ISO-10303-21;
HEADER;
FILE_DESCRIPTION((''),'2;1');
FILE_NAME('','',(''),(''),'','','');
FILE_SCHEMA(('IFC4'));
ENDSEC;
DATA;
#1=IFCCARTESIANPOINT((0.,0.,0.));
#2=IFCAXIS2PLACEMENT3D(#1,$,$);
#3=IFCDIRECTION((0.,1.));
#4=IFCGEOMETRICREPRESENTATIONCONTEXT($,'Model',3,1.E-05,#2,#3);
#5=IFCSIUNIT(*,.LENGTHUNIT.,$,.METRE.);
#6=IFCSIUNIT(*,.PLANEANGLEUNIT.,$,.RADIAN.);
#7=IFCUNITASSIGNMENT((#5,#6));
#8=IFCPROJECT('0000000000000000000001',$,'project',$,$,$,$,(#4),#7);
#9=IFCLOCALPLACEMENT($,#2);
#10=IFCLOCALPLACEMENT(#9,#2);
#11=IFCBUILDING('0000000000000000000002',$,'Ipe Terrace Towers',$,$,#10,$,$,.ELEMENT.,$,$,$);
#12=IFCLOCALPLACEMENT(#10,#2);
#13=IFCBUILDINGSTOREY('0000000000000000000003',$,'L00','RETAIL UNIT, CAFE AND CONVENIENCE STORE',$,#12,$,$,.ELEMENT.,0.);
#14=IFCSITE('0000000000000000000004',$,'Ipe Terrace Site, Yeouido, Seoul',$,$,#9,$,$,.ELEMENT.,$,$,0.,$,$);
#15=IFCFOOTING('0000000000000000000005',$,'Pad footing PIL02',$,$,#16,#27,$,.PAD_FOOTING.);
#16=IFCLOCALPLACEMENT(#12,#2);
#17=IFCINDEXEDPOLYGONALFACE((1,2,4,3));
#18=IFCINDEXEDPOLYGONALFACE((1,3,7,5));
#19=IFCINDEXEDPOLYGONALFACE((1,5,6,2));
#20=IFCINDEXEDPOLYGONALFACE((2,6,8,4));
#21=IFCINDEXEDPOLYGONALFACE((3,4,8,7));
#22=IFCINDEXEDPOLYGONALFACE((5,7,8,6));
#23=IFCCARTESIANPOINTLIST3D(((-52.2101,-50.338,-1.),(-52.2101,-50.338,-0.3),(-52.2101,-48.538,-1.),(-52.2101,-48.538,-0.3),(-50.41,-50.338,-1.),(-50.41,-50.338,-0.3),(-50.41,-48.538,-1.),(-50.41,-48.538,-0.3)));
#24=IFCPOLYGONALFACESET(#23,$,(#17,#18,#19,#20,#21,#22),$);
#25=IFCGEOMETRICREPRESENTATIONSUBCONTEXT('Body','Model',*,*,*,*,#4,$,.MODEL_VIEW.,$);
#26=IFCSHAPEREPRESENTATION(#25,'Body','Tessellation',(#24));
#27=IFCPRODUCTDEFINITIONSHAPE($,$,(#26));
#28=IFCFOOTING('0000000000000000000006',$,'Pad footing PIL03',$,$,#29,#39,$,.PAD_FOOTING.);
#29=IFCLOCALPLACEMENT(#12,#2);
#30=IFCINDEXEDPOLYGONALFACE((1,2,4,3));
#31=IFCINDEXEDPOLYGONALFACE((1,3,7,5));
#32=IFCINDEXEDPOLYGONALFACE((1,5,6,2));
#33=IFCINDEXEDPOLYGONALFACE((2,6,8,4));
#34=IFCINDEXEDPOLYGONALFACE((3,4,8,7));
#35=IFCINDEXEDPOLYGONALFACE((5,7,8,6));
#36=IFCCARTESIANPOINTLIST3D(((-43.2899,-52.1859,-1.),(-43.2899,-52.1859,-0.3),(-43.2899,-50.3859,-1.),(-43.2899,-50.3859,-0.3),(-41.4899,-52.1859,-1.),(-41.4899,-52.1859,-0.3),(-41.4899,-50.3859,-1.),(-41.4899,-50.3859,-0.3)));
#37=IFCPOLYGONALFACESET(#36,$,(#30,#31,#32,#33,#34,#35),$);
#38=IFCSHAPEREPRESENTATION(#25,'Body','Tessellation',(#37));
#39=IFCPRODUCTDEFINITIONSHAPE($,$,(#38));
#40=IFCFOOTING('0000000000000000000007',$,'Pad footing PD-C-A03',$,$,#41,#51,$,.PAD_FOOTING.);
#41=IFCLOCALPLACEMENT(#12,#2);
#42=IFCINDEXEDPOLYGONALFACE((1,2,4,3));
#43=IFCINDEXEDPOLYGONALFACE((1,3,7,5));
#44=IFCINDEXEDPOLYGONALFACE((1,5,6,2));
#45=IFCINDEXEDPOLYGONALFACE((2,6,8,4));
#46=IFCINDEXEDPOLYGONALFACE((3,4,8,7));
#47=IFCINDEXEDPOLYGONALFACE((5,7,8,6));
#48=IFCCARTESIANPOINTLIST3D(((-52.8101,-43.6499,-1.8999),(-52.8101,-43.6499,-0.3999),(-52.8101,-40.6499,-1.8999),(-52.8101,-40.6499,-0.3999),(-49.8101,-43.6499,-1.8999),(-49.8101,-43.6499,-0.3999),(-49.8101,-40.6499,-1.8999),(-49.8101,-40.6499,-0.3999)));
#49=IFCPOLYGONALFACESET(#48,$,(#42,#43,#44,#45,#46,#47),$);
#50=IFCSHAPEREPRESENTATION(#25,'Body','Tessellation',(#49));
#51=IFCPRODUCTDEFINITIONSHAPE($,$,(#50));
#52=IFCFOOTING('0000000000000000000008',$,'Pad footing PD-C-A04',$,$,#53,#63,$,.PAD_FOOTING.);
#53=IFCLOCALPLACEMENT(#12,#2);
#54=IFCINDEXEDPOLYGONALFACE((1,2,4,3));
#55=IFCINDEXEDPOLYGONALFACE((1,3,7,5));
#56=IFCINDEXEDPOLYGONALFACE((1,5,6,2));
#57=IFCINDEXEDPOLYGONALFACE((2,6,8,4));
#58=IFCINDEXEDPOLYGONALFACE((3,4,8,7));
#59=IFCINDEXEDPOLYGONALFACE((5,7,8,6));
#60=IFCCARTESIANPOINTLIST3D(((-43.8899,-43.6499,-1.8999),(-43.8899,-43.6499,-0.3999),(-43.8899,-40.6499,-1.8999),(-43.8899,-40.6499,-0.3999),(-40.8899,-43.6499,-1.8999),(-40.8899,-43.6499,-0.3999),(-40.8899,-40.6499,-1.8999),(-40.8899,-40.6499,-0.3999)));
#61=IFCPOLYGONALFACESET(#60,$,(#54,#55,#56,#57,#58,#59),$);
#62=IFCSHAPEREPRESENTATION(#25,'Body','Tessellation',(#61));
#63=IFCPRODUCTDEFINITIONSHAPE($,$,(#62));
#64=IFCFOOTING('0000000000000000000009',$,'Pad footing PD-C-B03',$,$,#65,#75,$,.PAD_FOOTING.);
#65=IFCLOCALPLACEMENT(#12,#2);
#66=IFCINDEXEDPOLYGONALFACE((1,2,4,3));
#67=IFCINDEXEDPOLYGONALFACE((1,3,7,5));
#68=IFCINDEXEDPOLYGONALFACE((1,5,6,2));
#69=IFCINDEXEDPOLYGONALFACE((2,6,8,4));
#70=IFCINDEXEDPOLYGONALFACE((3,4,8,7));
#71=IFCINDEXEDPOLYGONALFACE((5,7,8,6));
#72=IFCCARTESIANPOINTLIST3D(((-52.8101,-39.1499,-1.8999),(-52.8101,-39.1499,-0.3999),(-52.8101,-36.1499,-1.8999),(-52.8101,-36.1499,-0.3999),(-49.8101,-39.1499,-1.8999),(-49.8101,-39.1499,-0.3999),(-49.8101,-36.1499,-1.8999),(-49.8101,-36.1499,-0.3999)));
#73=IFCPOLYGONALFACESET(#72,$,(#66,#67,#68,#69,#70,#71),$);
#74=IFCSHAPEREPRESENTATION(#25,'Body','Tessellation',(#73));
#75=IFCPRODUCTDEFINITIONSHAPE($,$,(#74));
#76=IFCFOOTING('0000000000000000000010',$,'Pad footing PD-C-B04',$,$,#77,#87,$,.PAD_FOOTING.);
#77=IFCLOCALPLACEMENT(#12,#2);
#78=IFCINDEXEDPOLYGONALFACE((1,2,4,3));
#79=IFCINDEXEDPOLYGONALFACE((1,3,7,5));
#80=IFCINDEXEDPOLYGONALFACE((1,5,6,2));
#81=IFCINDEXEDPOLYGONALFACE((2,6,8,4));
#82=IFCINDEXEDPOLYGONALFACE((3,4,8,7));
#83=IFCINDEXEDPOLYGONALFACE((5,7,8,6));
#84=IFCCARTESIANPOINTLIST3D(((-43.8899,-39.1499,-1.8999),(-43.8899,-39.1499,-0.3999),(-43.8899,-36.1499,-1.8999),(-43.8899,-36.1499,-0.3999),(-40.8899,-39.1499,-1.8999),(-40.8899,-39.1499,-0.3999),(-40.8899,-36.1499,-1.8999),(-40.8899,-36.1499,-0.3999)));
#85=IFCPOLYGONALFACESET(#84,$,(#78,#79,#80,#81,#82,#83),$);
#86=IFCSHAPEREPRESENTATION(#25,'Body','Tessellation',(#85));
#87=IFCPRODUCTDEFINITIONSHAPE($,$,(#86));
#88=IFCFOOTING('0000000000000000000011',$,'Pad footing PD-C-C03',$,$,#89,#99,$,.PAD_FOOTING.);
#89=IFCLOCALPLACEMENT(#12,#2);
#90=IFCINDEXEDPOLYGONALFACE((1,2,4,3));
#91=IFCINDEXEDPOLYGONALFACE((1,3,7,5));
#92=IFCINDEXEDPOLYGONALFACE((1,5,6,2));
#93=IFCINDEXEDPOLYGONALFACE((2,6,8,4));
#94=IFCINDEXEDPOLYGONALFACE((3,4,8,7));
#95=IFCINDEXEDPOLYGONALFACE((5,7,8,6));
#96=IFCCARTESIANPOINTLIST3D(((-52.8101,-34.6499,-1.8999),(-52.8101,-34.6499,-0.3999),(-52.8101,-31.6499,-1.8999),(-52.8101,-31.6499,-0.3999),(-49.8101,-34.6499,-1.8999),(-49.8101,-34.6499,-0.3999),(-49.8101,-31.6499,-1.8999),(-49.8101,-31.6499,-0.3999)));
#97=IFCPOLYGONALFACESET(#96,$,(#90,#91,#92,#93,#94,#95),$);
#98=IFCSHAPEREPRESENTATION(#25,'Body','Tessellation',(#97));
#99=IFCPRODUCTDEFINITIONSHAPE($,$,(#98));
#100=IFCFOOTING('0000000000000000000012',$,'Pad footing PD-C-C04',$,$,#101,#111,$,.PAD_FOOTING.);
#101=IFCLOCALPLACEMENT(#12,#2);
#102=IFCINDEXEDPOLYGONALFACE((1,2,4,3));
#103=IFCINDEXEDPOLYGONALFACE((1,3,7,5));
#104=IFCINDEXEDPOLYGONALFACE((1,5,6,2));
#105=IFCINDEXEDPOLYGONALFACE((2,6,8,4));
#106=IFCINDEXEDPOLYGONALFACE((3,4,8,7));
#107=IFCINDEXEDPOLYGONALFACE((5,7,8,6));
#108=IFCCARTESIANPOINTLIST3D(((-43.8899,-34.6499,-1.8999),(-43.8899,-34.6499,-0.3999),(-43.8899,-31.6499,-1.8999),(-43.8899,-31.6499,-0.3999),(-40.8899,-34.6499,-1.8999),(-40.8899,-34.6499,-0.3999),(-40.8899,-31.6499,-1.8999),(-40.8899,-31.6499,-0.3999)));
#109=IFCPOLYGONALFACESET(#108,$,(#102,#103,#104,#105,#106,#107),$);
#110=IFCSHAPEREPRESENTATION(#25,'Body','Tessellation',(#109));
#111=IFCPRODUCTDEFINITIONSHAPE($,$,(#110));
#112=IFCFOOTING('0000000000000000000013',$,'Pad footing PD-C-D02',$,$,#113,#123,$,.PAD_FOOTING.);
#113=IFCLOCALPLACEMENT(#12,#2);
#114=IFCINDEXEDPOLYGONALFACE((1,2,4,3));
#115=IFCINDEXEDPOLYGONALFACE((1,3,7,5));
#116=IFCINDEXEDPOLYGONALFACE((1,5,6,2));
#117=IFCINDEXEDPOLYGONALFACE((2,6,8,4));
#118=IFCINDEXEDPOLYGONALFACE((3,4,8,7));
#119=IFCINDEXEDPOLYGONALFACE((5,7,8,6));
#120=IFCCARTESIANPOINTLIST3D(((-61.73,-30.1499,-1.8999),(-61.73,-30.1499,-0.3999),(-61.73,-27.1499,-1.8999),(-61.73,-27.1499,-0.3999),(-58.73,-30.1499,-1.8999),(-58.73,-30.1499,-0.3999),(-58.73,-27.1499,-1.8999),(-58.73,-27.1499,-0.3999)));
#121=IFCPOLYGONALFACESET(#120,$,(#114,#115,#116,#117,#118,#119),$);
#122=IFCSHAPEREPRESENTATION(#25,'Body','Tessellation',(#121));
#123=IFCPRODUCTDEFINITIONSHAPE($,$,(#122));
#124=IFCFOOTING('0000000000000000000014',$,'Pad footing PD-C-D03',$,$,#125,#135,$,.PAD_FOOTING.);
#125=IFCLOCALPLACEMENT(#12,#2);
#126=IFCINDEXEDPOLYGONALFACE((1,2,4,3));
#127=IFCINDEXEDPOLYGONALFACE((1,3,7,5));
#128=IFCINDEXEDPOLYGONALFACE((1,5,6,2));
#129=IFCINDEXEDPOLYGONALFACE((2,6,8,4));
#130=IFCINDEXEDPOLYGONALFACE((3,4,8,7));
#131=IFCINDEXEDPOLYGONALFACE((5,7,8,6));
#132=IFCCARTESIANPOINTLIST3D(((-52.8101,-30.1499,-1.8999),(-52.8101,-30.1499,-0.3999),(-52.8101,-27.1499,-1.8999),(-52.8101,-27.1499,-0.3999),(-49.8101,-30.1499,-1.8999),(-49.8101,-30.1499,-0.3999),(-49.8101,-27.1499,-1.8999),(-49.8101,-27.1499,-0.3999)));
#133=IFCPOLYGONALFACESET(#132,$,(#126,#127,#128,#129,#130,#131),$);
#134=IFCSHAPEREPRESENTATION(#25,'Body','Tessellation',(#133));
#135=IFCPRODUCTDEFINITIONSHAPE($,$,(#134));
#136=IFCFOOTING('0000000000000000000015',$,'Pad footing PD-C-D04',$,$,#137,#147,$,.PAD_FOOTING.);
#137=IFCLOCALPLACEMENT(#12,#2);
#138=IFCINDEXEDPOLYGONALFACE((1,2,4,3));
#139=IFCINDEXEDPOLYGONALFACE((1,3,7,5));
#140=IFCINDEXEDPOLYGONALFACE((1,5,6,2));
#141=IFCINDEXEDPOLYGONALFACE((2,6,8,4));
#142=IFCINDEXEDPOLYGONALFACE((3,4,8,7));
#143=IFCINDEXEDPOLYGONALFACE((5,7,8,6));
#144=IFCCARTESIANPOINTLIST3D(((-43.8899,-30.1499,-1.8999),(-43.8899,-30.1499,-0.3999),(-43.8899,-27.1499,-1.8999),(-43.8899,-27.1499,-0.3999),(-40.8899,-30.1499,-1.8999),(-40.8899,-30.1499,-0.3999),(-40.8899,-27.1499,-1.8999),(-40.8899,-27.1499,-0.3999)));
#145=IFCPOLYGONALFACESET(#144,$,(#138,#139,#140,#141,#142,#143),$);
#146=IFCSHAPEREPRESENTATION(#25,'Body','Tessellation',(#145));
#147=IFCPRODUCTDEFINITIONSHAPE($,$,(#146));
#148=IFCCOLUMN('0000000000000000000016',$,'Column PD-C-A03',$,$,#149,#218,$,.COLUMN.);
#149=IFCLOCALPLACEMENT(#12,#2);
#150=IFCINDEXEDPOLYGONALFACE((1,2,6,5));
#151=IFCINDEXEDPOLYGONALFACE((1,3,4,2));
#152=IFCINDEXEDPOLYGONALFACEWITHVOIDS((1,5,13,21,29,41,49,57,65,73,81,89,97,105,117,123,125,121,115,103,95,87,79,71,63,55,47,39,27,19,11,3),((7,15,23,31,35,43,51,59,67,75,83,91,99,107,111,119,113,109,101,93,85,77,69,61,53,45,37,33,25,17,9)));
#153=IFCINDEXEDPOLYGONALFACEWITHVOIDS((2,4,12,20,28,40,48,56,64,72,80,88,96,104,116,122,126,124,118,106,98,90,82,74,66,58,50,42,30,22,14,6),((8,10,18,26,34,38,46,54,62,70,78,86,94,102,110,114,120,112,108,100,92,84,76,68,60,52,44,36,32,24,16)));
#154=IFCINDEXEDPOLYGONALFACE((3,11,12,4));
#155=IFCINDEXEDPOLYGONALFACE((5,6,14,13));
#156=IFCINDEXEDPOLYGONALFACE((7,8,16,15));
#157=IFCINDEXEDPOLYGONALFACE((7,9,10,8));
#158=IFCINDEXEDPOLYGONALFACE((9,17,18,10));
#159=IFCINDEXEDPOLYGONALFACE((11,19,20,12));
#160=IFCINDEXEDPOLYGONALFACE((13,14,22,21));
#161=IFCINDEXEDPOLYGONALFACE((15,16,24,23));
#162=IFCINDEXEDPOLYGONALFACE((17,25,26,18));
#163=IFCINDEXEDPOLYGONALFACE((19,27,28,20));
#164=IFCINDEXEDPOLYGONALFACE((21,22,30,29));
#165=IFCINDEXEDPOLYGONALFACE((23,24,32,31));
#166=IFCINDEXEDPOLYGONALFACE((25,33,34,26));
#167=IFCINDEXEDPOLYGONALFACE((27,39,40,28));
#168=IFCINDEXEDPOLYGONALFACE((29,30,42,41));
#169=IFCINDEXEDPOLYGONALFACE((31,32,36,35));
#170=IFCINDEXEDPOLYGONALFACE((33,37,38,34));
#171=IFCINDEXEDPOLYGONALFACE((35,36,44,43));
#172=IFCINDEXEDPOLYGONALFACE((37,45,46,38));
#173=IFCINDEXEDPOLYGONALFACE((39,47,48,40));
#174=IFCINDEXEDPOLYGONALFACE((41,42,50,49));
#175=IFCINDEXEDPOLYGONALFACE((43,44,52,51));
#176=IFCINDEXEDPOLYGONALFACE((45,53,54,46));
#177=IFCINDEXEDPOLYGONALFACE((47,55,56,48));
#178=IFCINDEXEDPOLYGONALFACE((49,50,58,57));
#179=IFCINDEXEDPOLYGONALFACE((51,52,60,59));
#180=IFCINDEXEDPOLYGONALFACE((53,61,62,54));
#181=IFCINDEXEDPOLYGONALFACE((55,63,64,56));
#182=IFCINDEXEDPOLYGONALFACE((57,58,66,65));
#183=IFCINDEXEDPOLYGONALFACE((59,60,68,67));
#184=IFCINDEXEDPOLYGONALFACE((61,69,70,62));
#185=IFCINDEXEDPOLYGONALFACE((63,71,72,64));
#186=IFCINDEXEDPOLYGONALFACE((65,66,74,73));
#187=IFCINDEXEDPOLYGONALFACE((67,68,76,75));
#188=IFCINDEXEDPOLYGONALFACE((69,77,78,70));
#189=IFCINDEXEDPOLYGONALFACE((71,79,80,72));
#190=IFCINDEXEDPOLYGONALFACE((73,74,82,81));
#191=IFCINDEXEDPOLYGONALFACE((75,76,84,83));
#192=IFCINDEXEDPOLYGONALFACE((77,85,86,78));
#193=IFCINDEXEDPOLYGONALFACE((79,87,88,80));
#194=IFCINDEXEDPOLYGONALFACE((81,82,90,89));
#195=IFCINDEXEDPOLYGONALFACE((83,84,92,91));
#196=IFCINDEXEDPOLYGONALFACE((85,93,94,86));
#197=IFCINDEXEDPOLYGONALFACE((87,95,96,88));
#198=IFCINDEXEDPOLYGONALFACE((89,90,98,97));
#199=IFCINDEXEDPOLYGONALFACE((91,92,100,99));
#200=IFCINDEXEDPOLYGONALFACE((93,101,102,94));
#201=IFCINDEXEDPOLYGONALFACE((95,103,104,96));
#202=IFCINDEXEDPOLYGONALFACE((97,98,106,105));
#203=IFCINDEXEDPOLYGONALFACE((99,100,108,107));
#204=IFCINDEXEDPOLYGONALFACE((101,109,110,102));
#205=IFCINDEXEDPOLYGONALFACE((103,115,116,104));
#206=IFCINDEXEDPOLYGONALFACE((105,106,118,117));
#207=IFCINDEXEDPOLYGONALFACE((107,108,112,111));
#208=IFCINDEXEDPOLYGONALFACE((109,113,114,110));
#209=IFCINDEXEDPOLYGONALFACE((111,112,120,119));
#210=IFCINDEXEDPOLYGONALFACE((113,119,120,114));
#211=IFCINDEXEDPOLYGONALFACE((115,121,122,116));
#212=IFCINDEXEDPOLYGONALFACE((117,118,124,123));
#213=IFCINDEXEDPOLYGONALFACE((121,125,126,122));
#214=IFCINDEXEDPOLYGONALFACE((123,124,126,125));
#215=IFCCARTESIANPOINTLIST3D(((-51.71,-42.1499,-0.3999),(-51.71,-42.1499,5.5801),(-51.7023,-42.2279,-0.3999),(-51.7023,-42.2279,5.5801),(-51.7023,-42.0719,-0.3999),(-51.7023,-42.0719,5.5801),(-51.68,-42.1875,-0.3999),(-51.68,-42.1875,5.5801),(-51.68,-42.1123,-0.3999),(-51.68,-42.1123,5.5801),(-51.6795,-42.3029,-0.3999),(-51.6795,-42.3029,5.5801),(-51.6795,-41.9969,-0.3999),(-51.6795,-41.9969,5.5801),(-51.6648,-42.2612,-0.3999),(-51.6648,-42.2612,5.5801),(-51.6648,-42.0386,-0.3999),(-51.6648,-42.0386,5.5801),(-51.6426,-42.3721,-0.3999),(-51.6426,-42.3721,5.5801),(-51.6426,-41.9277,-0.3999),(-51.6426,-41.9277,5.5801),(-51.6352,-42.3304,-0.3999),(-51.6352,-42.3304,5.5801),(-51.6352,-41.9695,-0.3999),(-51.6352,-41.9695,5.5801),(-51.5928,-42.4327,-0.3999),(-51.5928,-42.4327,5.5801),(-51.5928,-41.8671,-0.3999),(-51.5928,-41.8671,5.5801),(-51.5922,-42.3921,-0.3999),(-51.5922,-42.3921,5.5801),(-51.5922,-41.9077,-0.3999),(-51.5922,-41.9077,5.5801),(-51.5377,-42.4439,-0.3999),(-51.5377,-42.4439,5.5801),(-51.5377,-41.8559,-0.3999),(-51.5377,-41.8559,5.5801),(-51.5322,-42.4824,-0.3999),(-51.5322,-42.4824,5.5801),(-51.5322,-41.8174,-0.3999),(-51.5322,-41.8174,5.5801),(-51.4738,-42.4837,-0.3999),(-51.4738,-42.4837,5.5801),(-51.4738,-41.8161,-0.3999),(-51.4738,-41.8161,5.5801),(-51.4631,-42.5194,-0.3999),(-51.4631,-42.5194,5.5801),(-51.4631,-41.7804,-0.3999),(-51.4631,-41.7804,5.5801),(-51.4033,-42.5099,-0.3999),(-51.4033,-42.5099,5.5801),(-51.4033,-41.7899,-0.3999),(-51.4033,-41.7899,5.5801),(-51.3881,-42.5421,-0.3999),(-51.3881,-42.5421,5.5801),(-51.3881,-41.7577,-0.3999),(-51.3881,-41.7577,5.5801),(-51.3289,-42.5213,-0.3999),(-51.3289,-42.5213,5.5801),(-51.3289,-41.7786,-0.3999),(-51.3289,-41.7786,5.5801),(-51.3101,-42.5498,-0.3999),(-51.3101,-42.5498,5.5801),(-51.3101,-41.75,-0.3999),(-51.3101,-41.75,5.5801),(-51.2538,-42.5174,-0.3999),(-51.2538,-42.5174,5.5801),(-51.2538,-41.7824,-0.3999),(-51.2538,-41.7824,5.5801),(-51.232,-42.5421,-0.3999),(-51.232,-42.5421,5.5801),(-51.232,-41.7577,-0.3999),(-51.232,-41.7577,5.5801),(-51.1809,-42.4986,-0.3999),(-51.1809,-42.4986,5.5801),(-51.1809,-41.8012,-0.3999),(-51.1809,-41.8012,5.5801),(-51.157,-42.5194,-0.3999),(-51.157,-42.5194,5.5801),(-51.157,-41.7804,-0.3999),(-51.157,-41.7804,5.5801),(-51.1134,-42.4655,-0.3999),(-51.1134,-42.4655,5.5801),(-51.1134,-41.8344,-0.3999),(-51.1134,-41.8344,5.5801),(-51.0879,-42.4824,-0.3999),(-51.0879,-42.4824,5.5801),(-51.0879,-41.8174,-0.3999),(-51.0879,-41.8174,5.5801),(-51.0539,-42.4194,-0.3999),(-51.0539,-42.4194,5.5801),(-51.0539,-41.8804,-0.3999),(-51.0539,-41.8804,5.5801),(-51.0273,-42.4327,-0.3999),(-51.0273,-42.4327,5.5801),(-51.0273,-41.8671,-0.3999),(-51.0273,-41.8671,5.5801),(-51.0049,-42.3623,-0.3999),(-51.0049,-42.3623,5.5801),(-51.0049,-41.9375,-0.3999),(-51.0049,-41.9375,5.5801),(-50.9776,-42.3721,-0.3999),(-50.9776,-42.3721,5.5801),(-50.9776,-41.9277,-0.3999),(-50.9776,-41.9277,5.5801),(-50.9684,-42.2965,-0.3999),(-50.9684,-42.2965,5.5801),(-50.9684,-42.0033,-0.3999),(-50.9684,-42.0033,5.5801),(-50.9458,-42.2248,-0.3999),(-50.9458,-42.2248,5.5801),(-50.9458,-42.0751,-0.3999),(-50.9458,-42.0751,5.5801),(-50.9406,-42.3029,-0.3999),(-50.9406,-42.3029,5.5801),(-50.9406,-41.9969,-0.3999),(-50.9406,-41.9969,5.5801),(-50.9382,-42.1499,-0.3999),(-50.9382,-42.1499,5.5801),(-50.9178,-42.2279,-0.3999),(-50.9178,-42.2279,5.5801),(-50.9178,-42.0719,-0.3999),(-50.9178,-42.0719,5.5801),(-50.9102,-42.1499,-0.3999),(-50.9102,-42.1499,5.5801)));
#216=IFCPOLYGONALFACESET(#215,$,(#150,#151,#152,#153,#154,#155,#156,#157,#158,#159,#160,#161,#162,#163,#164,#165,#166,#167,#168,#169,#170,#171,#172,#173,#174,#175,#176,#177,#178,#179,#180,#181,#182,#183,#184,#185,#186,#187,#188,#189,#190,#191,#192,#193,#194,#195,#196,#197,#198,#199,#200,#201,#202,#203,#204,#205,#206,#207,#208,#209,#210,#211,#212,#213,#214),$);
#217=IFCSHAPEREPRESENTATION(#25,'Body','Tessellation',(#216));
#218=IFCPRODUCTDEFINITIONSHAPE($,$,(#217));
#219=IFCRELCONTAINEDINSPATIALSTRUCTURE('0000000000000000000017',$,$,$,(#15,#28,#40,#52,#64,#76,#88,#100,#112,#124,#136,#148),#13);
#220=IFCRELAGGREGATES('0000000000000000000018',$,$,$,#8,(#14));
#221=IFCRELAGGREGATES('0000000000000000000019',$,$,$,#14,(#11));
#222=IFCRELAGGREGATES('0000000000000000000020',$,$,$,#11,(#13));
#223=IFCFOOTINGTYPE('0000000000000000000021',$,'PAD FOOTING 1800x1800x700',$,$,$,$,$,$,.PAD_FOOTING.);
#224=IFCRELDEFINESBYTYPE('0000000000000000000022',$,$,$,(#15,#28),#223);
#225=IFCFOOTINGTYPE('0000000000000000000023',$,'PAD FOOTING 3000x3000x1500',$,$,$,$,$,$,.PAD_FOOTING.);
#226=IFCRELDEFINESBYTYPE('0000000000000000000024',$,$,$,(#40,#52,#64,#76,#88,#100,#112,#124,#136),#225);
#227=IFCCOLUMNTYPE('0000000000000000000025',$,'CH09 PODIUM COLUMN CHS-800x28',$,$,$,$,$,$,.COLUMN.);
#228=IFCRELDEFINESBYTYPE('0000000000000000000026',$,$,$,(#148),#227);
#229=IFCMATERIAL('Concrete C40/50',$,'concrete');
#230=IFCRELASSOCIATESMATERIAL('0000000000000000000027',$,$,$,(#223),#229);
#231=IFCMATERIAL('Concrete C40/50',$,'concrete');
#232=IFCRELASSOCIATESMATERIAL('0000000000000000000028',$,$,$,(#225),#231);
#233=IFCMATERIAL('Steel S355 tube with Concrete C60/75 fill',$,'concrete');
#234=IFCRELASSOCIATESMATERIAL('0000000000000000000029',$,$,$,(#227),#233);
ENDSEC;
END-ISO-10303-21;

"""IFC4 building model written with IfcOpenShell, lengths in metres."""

from ifc_helpers import new_model, si_unit, direction, frame, origin, origin_2d, place, context, subcontext, project, spatial, rectangle, hollow_circle, extrude, material, material_profile, profile_set, type_object, element, save


model = new_model("IFC4")

# Units and contexts
model_context = context("Model", 3, precision=1e-05, world=origin(), true_north=direction((0.0, 1.0)))
body_context = subcontext(model_context, "Body", "Model", "MODEL_VIEW")
ifc_project = project(units=[si_unit("LENGTHUNIT", "METRE"), si_unit("PLANEANGLEUNIT", "RADIAN")], contexts=[model_context])

# Site, building, storey
site_placement = place(None, origin())
site = spatial("IfcSite", under=ifc_project, at=site_placement, Name="Ipe Terrace Site, Yeouido, Seoul", CompositionType="ELEMENT", RefElevation=0.0)
building_placement = place(site_placement, origin())
building = spatial("IfcBuilding", under=site, at=building_placement, Name="Ipe Terrace Towers", CompositionType="ELEMENT")
storey_placement = place(building_placement, origin())
storey = spatial("IfcBuildingStorey", under=building, at=storey_placement, Name="L00", Description="RETAIL UNIT, CAFE AND CONVENIENCE STORE", CompositionType="ELEMENT", Elevation=0.0)

# Footings
ifc_material_1 = material(Name="Concrete C40/50", Category="concrete")
footing_type_1 = type_object("IfcFootingType", Name="PAD FOOTING 1800x1800x700", PredefinedType="PAD_FOOTING", material=ifc_material_1)
for number, where, z_axis, x_axis, name in (
    (1, (-51.3101, -49.438, -1.0), (0.0, 0.0, 1.0), (1.0, 0.0, 0.0), "Pad footing PIL02"),
    (2, (-42.3899, -51.2859, -1.0), (0.0, 0.0, 1.0), (1.0, 0.0, 0.0), "Pad footing PIL03"),
):
    element("IfcFooting", number, at=place(storey_placement, frame(where, z_axis=z_axis, x_axis=x_axis)), inside=storey, type_object=footing_type_1, Name=name, PredefinedType="PAD_FOOTING", context=body_context, shape_type="SweptSolid", body=[
        extrude(rectangle(XDim=1.8, YDim=1.8, at=origin_2d()), origin(), (0.0, 0.0, 1.0), 0.7),
    ])
ifc_material_2 = material(Name="Concrete C40/50", Category="concrete")
footing_type_2 = type_object("IfcFootingType", Name="PAD FOOTING 3000x3000x1500", PredefinedType="PAD_FOOTING", material=ifc_material_2)
for number, where, z_axis, x_axis, name in (
    (3, (-51.3101, -42.1499, -1.8999), (0.0, 0.0, 1.0), (1.0, 0.0, 0.0), "Pad footing PD-C-A03"),
    (4, (-42.3899, -42.1499, -1.8999), (0.0, 0.0, 1.0), (1.0, 0.0, 0.0), "Pad footing PD-C-A04"),
    (5, (-51.3101, -37.6499, -1.8999), (0.0, 0.0, 1.0), (1.0, 0.0, 0.0), "Pad footing PD-C-B03"),
    (6, (-42.3899, -37.6499, -1.8999), (0.0, 0.0, 1.0), (1.0, 0.0, 0.0), "Pad footing PD-C-B04"),
    (7, (-51.3101, -33.1499, -1.8999), (0.0, 0.0, 1.0), (1.0, 0.0, 0.0), "Pad footing PD-C-C03"),
    (8, (-42.3899, -33.1499, -1.8999), (0.0, 0.0, 1.0), (1.0, 0.0, 0.0), "Pad footing PD-C-C04"),
    (9, (-60.23, -28.6499, -1.8999), (0.0, 0.0, 1.0), (1.0, 0.0, 0.0), "Pad footing PD-C-D02"),
    (10, (-51.3101, -28.6499, -1.8999), (0.0, 0.0, 1.0), (1.0, 0.0, 0.0), "Pad footing PD-C-D03"),
    (11, (-42.3899, -28.6499, -1.8999), (0.0, 0.0, 1.0), (1.0, 0.0, 0.0), "Pad footing PD-C-D04"),
):
    element("IfcFooting", number, at=place(storey_placement, frame(where, z_axis=z_axis, x_axis=x_axis)), inside=storey, type_object=footing_type_2, Name=name, PredefinedType="PAD_FOOTING", context=body_context, shape_type="SweptSolid", body=[
        extrude(rectangle(XDim=3.0, YDim=3.0, at=origin_2d()), origin(), (0.0, 0.0, 1.0), 1.5),
    ])

# Column
ifc_material_3 = material(Name="Steel S355 tube with Concrete C60/75 fill", Category="concrete")
ifc_material_profile_1 = material_profile(ifc_material_3, hollow_circle(Radius=0.3999, WallThickness=0.0281, at=origin_2d()), Name="CHS-800x28")
ifc_profile_set_1 = profile_set([ifc_material_profile_1], Name="Steel S355 tube with Concrete C60/75 fill")
column_type_1 = type_object("IfcColumnType", Name="CH09 PODIUM COLUMN CHS-800x28", PredefinedType="COLUMN", material=ifc_profile_set_1)
for number, where, z_axis, x_axis, name in (
    (12, (-51.3101, -42.1499, -0.3999), (0.0, 0.0, 1.0), (1.0, 0.0, 0.0), "Column PD-C-A03"),
):
    element("IfcColumn", number, at=place(storey_placement, frame(where, z_axis=z_axis, x_axis=x_axis)), inside=storey, type_object=column_type_1, Name=name, PredefinedType="COLUMN", context=body_context, shape_type="SweptSolid", body=[
        extrude(hollow_circle(Radius=0.3999, WallThickness=0.0281, at=origin_2d()), origin(), (0.0, 0.0, 1.0), 5.98),
    ])

save(model, "model.ifc")
